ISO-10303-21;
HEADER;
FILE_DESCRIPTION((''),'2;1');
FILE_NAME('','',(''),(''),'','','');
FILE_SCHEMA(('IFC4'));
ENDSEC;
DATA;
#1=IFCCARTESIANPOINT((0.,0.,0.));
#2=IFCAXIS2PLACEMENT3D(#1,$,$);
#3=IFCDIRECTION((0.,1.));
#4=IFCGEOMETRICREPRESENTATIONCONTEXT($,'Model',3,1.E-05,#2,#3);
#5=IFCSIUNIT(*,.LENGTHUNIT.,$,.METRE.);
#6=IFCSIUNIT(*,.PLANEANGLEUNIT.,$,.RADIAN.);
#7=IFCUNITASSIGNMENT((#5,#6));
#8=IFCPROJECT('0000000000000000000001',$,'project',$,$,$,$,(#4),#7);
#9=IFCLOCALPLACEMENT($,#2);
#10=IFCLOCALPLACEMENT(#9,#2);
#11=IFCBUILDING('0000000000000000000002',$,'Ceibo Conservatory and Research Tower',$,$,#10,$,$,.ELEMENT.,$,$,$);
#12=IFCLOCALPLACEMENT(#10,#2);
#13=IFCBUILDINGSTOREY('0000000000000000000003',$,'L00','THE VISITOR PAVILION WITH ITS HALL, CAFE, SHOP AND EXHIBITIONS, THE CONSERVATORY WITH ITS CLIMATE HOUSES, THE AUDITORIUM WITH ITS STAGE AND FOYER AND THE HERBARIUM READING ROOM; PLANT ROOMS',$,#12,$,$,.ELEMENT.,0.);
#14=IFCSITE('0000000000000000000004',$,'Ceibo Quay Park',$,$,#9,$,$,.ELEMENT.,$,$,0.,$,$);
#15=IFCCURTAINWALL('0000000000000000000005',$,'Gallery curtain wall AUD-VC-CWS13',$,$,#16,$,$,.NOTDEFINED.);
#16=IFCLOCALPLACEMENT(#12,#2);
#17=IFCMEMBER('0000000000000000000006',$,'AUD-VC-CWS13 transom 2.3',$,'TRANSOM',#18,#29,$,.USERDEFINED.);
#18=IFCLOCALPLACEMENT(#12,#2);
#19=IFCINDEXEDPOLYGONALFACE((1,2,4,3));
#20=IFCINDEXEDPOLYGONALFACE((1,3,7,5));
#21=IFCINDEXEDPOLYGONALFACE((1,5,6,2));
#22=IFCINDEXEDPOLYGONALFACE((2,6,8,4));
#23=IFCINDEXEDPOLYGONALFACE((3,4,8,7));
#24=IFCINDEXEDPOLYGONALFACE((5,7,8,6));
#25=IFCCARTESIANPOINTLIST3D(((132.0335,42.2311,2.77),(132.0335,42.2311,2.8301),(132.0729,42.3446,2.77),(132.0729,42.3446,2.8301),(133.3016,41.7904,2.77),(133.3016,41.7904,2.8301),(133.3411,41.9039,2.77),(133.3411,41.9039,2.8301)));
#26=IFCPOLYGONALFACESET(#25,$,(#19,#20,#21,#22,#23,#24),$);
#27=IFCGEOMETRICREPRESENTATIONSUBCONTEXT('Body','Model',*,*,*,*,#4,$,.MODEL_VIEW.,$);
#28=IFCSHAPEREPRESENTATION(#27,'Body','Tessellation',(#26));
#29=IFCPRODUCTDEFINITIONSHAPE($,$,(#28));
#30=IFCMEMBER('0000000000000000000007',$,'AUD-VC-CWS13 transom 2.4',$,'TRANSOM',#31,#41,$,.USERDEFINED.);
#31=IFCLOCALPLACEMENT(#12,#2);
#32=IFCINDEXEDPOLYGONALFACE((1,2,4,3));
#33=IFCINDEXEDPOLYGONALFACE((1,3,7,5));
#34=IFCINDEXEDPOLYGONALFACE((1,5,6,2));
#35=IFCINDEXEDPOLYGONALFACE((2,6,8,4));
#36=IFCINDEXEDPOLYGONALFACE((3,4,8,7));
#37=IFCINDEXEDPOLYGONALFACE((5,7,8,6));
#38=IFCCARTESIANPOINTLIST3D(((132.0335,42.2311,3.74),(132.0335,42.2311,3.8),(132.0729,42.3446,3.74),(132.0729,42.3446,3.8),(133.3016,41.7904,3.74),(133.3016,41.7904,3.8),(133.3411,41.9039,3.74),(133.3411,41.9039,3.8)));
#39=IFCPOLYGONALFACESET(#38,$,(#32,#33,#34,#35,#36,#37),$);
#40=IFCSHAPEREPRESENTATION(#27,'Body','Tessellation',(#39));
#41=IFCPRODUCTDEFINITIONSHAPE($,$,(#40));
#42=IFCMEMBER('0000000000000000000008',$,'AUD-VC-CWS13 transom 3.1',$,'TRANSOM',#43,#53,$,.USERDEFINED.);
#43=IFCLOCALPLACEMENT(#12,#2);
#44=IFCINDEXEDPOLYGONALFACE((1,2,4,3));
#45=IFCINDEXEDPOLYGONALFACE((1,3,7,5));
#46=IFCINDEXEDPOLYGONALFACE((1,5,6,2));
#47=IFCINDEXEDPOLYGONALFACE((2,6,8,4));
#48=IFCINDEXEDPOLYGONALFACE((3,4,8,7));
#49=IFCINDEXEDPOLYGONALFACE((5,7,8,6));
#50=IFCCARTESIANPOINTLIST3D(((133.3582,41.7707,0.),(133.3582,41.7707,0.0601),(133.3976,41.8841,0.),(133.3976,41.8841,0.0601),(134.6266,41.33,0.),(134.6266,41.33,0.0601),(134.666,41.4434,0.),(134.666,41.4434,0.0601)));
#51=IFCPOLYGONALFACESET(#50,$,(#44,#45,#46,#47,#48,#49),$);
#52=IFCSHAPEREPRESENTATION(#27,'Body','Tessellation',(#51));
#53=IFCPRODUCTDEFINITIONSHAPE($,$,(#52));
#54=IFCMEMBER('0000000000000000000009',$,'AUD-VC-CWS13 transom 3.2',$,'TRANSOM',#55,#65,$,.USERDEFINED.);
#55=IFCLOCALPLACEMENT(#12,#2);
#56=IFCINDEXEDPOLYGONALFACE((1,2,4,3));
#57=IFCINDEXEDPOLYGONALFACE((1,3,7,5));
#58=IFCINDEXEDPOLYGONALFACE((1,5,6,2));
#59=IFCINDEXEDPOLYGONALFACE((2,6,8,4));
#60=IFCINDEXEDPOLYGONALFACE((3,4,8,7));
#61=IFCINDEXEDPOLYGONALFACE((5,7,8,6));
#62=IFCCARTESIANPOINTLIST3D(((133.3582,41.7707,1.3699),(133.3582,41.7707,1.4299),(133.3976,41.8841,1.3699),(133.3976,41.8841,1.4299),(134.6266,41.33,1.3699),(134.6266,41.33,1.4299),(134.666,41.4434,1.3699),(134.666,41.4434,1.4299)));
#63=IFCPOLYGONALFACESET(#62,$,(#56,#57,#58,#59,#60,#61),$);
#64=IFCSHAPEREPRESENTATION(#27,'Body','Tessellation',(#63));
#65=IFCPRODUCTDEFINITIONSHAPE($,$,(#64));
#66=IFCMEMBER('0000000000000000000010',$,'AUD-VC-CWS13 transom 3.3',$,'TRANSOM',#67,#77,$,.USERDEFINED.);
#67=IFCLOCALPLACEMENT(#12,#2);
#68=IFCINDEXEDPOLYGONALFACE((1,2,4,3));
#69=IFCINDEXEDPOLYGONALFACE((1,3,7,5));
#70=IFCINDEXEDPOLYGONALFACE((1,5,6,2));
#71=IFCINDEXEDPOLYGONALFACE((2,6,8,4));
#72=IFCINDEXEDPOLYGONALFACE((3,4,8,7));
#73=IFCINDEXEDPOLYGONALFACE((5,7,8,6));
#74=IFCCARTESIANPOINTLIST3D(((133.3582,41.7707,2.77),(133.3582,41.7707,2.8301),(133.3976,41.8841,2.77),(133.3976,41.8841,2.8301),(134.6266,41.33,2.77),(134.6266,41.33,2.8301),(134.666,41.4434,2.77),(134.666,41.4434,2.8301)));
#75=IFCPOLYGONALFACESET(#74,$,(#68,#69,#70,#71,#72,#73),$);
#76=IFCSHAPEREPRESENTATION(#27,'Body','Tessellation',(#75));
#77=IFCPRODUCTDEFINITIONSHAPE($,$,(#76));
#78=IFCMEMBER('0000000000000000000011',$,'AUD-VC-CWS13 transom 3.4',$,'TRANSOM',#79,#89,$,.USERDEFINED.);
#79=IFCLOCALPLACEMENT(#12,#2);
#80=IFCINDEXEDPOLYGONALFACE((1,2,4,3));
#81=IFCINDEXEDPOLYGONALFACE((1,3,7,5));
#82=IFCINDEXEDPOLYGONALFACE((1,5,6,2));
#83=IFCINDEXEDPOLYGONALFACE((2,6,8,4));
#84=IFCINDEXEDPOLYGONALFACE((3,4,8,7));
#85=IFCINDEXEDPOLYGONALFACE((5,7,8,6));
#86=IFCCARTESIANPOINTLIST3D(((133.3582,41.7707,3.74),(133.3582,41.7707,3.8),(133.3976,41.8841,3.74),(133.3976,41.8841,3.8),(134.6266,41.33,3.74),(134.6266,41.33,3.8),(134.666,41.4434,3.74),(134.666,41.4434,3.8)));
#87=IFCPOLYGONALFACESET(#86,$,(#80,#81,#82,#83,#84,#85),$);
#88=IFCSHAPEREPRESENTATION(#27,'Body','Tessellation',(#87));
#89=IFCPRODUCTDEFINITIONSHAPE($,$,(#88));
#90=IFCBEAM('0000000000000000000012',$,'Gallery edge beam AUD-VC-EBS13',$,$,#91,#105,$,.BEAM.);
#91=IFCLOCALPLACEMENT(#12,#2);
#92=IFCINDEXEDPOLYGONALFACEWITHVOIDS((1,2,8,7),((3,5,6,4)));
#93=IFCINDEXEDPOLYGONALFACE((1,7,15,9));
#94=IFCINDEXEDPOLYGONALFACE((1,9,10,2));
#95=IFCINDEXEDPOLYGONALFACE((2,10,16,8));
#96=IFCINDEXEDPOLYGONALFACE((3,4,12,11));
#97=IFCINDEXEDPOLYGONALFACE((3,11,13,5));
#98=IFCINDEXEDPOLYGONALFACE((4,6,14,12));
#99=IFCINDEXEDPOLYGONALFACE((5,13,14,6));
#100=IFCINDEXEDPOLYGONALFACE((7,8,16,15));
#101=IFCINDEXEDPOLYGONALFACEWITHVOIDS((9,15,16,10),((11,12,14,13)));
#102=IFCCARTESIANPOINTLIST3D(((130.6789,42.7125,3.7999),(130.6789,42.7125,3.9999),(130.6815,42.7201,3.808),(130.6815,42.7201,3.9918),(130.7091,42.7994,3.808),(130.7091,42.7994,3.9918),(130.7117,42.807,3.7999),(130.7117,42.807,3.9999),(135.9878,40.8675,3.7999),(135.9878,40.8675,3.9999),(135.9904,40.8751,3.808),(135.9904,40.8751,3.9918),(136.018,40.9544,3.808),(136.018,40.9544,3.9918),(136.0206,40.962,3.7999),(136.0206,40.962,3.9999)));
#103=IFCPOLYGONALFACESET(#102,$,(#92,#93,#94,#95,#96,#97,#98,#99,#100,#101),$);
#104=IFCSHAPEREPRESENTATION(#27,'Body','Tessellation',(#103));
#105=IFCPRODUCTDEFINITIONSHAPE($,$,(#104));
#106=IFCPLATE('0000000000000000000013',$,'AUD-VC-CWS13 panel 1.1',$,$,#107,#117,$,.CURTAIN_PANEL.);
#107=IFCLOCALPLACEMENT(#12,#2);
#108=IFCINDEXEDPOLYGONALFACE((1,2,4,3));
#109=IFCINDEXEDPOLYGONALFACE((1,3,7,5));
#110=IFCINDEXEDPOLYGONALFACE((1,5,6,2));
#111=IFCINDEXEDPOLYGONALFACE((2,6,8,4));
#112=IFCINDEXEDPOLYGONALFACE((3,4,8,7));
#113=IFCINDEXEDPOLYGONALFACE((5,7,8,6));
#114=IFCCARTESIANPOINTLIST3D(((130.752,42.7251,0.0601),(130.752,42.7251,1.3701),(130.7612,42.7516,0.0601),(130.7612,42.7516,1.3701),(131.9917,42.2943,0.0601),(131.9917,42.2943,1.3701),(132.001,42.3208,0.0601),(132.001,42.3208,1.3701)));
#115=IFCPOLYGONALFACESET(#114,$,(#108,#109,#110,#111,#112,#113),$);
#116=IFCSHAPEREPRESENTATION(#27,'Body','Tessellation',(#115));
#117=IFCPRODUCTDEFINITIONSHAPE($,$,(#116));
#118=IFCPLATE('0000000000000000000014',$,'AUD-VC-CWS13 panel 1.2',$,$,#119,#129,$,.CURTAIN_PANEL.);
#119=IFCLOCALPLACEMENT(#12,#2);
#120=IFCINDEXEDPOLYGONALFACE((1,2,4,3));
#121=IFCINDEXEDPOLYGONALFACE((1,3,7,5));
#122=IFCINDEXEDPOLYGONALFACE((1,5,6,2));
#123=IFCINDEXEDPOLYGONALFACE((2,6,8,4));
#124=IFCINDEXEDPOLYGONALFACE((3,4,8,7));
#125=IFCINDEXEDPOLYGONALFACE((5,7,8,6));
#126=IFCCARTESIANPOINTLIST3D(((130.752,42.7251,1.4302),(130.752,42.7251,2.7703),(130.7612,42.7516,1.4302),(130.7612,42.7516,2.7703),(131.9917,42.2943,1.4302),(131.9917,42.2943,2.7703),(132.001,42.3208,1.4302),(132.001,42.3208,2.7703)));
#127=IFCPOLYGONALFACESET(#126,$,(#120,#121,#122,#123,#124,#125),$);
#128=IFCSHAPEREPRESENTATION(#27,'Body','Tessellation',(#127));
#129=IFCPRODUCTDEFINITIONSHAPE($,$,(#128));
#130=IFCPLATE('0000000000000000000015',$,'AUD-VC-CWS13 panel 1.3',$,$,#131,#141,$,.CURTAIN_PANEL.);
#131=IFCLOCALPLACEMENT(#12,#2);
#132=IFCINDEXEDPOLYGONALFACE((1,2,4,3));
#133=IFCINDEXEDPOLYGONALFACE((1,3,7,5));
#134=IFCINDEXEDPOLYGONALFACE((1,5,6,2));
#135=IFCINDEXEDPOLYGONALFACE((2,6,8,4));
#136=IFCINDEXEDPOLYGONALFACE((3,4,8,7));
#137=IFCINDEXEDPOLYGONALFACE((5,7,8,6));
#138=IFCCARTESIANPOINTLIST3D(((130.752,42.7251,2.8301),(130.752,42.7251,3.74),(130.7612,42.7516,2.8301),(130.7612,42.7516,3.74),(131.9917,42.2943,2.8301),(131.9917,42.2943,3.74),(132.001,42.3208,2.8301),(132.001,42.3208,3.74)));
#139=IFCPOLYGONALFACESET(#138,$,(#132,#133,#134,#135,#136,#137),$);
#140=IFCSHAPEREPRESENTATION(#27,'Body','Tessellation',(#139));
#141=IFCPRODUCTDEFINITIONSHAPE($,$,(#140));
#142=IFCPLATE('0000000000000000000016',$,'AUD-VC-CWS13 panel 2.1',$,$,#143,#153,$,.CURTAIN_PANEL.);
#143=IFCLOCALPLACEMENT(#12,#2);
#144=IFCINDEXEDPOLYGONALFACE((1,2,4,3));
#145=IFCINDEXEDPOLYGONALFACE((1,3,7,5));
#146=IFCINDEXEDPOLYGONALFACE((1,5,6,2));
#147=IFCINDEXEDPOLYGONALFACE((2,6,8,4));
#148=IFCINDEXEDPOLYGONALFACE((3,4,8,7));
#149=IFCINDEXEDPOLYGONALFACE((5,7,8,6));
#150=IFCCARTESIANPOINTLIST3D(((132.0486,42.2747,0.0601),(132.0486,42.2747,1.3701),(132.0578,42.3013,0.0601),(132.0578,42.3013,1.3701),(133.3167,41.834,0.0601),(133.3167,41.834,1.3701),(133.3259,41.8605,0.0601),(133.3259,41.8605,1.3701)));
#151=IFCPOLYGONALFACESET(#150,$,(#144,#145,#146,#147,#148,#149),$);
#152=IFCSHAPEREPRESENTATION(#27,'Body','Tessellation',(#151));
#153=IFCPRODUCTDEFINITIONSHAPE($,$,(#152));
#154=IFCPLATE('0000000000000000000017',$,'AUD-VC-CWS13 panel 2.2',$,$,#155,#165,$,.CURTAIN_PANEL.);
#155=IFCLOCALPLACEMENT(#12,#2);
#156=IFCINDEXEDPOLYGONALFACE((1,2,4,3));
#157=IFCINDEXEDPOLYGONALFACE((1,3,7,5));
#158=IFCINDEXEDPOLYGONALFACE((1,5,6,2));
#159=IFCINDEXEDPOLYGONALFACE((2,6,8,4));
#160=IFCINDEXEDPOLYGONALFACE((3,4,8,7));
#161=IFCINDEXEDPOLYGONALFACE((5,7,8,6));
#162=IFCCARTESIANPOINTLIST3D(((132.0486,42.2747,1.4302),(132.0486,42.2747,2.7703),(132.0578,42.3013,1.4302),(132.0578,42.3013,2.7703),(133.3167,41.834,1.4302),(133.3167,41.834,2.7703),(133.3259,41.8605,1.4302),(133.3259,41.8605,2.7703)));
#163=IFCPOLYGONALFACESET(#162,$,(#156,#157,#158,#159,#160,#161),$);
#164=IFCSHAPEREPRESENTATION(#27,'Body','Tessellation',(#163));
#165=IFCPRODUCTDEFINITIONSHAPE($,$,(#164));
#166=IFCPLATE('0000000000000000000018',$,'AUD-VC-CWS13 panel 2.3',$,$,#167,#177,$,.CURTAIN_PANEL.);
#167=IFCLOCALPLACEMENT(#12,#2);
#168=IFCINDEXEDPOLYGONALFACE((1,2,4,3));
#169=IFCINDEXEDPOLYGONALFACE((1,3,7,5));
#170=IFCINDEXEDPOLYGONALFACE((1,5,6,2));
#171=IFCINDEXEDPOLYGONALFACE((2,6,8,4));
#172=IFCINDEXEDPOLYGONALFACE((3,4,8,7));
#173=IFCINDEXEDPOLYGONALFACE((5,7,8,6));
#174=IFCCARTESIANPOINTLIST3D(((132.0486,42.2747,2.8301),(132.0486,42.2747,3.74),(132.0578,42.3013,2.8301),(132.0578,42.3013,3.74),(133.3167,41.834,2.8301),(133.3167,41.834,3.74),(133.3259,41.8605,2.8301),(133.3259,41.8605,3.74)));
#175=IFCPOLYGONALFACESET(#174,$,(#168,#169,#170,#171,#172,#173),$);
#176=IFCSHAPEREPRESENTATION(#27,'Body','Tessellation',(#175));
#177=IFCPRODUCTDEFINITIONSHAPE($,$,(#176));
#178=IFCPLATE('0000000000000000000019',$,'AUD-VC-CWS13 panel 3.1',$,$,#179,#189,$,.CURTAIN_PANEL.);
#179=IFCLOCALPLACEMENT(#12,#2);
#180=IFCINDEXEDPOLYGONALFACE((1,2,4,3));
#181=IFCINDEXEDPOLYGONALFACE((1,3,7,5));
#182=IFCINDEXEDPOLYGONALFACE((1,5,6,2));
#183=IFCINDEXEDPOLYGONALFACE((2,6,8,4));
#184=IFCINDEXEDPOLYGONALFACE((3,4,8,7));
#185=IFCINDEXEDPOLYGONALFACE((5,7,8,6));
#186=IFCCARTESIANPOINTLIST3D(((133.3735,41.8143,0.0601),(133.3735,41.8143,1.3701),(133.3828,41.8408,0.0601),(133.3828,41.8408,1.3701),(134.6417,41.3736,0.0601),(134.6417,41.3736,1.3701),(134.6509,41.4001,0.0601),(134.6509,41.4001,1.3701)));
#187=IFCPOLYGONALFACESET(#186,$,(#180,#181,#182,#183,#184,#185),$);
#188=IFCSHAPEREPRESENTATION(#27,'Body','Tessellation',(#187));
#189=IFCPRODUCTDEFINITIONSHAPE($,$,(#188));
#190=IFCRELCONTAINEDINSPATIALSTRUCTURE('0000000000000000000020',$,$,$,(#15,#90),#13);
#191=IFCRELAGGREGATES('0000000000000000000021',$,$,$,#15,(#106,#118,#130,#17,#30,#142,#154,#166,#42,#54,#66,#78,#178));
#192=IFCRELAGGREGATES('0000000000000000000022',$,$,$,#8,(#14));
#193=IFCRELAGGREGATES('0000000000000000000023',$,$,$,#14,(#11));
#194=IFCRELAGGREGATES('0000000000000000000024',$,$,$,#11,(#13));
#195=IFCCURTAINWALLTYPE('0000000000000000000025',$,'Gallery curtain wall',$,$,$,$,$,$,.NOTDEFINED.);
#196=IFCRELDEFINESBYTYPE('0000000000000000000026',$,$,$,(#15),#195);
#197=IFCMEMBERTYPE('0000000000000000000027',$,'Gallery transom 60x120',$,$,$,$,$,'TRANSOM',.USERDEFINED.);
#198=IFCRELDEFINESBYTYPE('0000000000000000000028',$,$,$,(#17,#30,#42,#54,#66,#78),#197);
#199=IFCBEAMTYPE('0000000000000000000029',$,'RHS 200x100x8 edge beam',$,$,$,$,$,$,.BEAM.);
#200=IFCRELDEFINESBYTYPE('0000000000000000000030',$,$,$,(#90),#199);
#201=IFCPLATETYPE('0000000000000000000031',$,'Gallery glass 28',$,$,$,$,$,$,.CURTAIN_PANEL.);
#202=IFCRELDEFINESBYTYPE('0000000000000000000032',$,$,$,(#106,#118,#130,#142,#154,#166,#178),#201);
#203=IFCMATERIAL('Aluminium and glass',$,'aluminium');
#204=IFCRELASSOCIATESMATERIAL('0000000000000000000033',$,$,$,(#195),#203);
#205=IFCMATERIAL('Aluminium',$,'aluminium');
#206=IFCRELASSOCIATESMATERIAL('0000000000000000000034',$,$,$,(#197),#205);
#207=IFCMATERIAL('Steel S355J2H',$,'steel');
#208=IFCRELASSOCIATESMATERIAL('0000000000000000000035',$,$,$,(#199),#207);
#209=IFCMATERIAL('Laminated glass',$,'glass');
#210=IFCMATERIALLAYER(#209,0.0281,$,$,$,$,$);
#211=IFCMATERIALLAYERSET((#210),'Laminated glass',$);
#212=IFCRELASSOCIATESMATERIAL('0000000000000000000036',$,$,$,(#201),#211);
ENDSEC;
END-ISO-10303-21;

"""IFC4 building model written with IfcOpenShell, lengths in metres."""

from ifc_helpers import new_model, si_unit, direction, frame, origin, origin_2d, place, context, subcontext, project, spatial, rectangle, hollow_rectangle, extrude, material, layer, layer_set, material_profile, profile_set, type_object, element, aggregate, save


model = new_model("IFC4")

# Units and contexts
model_context = context("Model", 3, precision=1e-05, world=origin(), true_north=direction((0.0, 1.0)))
body_context = subcontext(model_context, "Body", "Model", "MODEL_VIEW")
ifc_project = project(units=[si_unit("LENGTHUNIT", "METRE"), si_unit("PLANEANGLEUNIT", "RADIAN")], contexts=[model_context])

# Site, building, storey
site_placement = place(None, origin())
site = spatial("IfcSite", under=ifc_project, at=site_placement, Name="Ceibo Quay Park", CompositionType="ELEMENT", RefElevation=0.0)
building_placement = place(site_placement, origin())
building = spatial("IfcBuilding", under=site, at=building_placement, Name="Ceibo Conservatory and Research Tower", CompositionType="ELEMENT")
storey_placement = place(building_placement, origin())
storey = spatial("IfcBuildingStorey", under=building, at=storey_placement, Name="L00", Description="THE VISITOR PAVILION WITH ITS HALL, CAFE, SHOP AND EXHIBITIONS, THE CONSERVATORY WITH ITS CLIMATE HOUSES, THE AUDITORIUM WITH ITS STAGE AND FOYER AND THE HERBARIUM READING ROOM; PLANT ROOMS", CompositionType="ELEMENT", Elevation=0.0)

# Shared definitions
ifc_material_1 = material(Name="Steel S355J2H", Category="steel")

# Shared definitions
ifc_material_2 = material(Name="Aluminium and glass", Category="aluminium")
curtain_wall_type = type_object("IfcCurtainWallType", Name="Gallery curtain wall", PredefinedType="NOTDEFINED", material=ifc_material_2)
ifc_material_3 = material(Name="Aluminium", Category="aluminium")

# Curtain wall
curtain_wall_1_placement = place(storey_placement, origin())
curtain_wall_1 = element("IfcCurtainWall", 1, at=curtain_wall_1_placement, inside=storey, type_object=curtain_wall_type, Name="Gallery curtain wall AUD-VC-CWS13", PredefinedType="NOTDEFINED")
ifc_material_profile_1 = material_profile(ifc_material_3, rectangle(XDim=0.1201, YDim=0.0601, at=origin_2d()), Name="AL 60x120")
ifc_profile_set_1 = profile_set([ifc_material_profile_1], Name="Aluminium")
member_type_1 = type_object("IfcMemberType", Name="Gallery transom 60x120", ElementType="TRANSOM", PredefinedType="USERDEFINED", material=ifc_profile_set_1)

# Members
member_1_placement = place(storey_placement, frame((132.0532, 42.2878, 2.8), z_axis=(0.944588, -0.32826, 0.0), x_axis=(0.32826, 0.944588, 0.0)))
member_1 = element("IfcMember", 2, at=member_1_placement, type_object=member_type_1, Name="AUD-VC-CWS13 transom 2.3", ObjectType="TRANSOM", PredefinedType="USERDEFINED", context=body_context, shape_type="SweptSolid", body=[
    extrude(rectangle(XDim=0.1201, YDim=0.0601, at=origin_2d()), origin(), (0.0, 0.0, 1.0), 1.3425),
])
member_2_placement = place(storey_placement, frame((132.0532, 42.2878, 3.77), z_axis=(0.944588, -0.32826, 0.0), x_axis=(0.32826, 0.944588, 0.0)))
member_2 = element("IfcMember", 3, at=member_2_placement, type_object=member_type_1, Name="AUD-VC-CWS13 transom 2.4", ObjectType="TRANSOM", PredefinedType="USERDEFINED", context=body_context, shape_type="SweptSolid", body=[
    extrude(rectangle(XDim=0.1201, YDim=0.0601, at=origin_2d()), origin(), (0.0, 0.0, 1.0), 1.3425),
])
member_3_placement = place(storey_placement, frame((133.3779, 41.8274, 0.03), z_axis=(0.944607, -0.328203, 0.0), x_axis=(0.328203, 0.944607, 0.0)))
member_3 = element("IfcMember", 4, at=member_3_placement, type_object=member_type_1, Name="AUD-VC-CWS13 transom 3.1", ObjectType="TRANSOM", PredefinedType="USERDEFINED", context=body_context, shape_type="SweptSolid", body=[
    extrude(rectangle(XDim=0.1201, YDim=0.0601, at=origin_2d()), origin(), (0.0, 0.0, 1.0), 1.3428),
])
member_4_placement = place(storey_placement, frame((133.3779, 41.8274, 1.3999), z_axis=(0.944607, -0.328203, 0.0), x_axis=(0.328203, 0.944607, 0.0)))
member_4 = element("IfcMember", 5, at=member_4_placement, type_object=member_type_1, Name="AUD-VC-CWS13 transom 3.2", ObjectType="TRANSOM", PredefinedType="USERDEFINED", context=body_context, shape_type="SweptSolid", body=[
    extrude(rectangle(XDim=0.1201, YDim=0.0601, at=origin_2d()), origin(), (0.0, 0.0, 1.0), 1.3428),
])
member_5_placement = place(storey_placement, frame((133.3779, 41.8274, 2.8), z_axis=(0.944607, -0.328203, 0.0), x_axis=(0.328203, 0.944607, 0.0)))
member_5 = element("IfcMember", 6, at=member_5_placement, type_object=member_type_1, Name="AUD-VC-CWS13 transom 3.3", ObjectType="TRANSOM", PredefinedType="USERDEFINED", context=body_context, shape_type="SweptSolid", body=[
    extrude(rectangle(XDim=0.1201, YDim=0.0601, at=origin_2d()), origin(), (0.0, 0.0, 1.0), 1.3428),
])
member_6_placement = place(storey_placement, frame((133.3779, 41.8274, 3.77), z_axis=(0.944607, -0.328203, 0.0), x_axis=(0.328203, 0.944607, 0.0)))
member_6 = element("IfcMember", 7, at=member_6_placement, type_object=member_type_1, Name="AUD-VC-CWS13 transom 3.4", ObjectType="TRANSOM", PredefinedType="USERDEFINED", context=body_context, shape_type="SweptSolid", body=[
    extrude(rectangle(XDim=0.1201, YDim=0.0601, at=origin_2d()), origin(), (0.0, 0.0, 1.0), 1.3428),
])

# Beam
ifc_material_profile_2 = material_profile(ifc_material_1, hollow_rectangle(XDim=0.1001, YDim=0.2, WallThickness=0.0081, at=origin_2d()), Name="RHS 200x100x8 edge beam")
ifc_profile_set_2 = profile_set([ifc_material_profile_2], Name="Steel S355J2H")
beam_type = type_object("IfcBeamType", Name="RHS 200x100x8 edge beam", PredefinedType="BEAM", material=ifc_profile_set_2)
beam_placement = place(storey_placement, frame((130.6953, 42.7598, 3.8999), z_axis=(0.944584, -0.32827, 0.0), x_axis=(0.32827, 0.944584, 0.0)))
element("IfcBeam", 8, at=beam_placement, inside=storey, type_object=beam_type, Name="Gallery edge beam AUD-VC-EBS13", PredefinedType="BEAM", context=body_context, shape_type="SweptSolid", body=[
    extrude(hollow_rectangle(XDim=0.1001, YDim=0.2, WallThickness=0.0081, at=origin_2d()), origin(), (0.0, 0.0, 1.0), 5.6204),
])

# Plates
ifc_material_4 = material(Name="Laminated glass", Category="glass")
ifc_layer = layer(ifc_material_4, 0.0281)
ifc_layer_set = layer_set([ifc_layer], Name="Laminated glass")
plate_type = type_object("IfcPlateType", Name="Gallery glass 28", PredefinedType="CURTAIN_PANEL", material=ifc_layer_set)
plate_1_placement = place(storey_placement, frame((131.3765, 42.5229, 0.0601), z_axis=(0.0, 0.0, 1.0), x_axis=(0.944579, -0.328284, 0.0)))
plate_1 = element("IfcPlate", 9, at=plate_1_placement, type_object=plate_type, Name="AUD-VC-CWS13 panel 1.1", PredefinedType="CURTAIN_PANEL", context=body_context, shape_type="SweptSolid", body=[
    extrude(rectangle(XDim=1.3125, YDim=0.0281, at=origin_2d()), origin(), (0.0, 0.0, 1.0), 1.3101),
])
plate_2_placement = place(storey_placement, frame((131.3765, 42.5229, 1.4302), z_axis=(0.0, 0.0, 1.0), x_axis=(0.944579, -0.328284, 0.0)))
plate_2 = element("IfcPlate", 10, at=plate_2_placement, type_object=plate_type, Name="AUD-VC-CWS13 panel 1.2", PredefinedType="CURTAIN_PANEL", context=body_context, shape_type="SweptSolid", body=[
    extrude(rectangle(XDim=1.3125, YDim=0.0281, at=origin_2d()), origin(), (0.0, 0.0, 1.0), 1.3401),
])
plate_3_placement = place(storey_placement, frame((131.3765, 42.5229, 2.8301), z_axis=(0.0, 0.0, 1.0), x_axis=(0.944579, -0.328284, 0.0)))
plate_3 = element("IfcPlate", 11, at=plate_3_placement, type_object=plate_type, Name="AUD-VC-CWS13 panel 1.3", PredefinedType="CURTAIN_PANEL", context=body_context, shape_type="SweptSolid", body=[
    extrude(rectangle(XDim=1.3125, YDim=0.0281, at=origin_2d()), origin(), (0.0, 0.0, 1.0), 0.9099),
])
plate_4_placement = place(storey_placement, frame((132.6873, 42.0676, 0.0601), z_axis=(0.0, 0.0, 1.0), x_axis=(0.944579, -0.328284, 0.0)))
plate_4 = element("IfcPlate", 12, at=plate_4_placement, type_object=plate_type, Name="AUD-VC-CWS13 panel 2.1", PredefinedType="CURTAIN_PANEL", context=body_context, shape_type="SweptSolid", body=[
    extrude(rectangle(XDim=1.3425, YDim=0.0281, at=origin_2d()), origin(), (0.0, 0.0, 1.0), 1.3101),
])
plate_5_placement = place(storey_placement, frame((132.6873, 42.0676, 1.4302), z_axis=(0.0, 0.0, 1.0), x_axis=(0.944579, -0.328284, 0.0)))
plate_5 = element("IfcPlate", 13, at=plate_5_placement, type_object=plate_type, Name="AUD-VC-CWS13 panel 2.2", PredefinedType="CURTAIN_PANEL", context=body_context, shape_type="SweptSolid", body=[
    extrude(rectangle(XDim=1.3425, YDim=0.0281, at=origin_2d()), origin(), (0.0, 0.0, 1.0), 1.3401),
])
plate_6_placement = place(storey_placement, frame((132.6873, 42.0676, 2.8301), z_axis=(0.0, 0.0, 1.0), x_axis=(0.944579, -0.328284, 0.0)))
plate_6 = element("IfcPlate", 14, at=plate_6_placement, type_object=plate_type, Name="AUD-VC-CWS13 panel 2.3", PredefinedType="CURTAIN_PANEL", context=body_context, shape_type="SweptSolid", body=[
    extrude(rectangle(XDim=1.3425, YDim=0.0281, at=origin_2d()), origin(), (0.0, 0.0, 1.0), 0.9099),
])
plate_7_placement = place(storey_placement, frame((134.0122, 41.6072, 0.0601), z_axis=(0.0, 0.0, 1.0), x_axis=(0.944579, -0.328284, 0.0)))
plate_7 = element("IfcPlate", 15, at=plate_7_placement, type_object=plate_type, Name="AUD-VC-CWS13 panel 3.1", PredefinedType="CURTAIN_PANEL", context=body_context, shape_type="SweptSolid", body=[
    extrude(rectangle(XDim=1.3425, YDim=0.0281, at=origin_2d()), origin(), (0.0, 0.0, 1.0), 1.3101),
])
aggregate(curtain_wall_1, [plate_1, plate_2, plate_3, member_1, member_2, plate_4, plate_5, plate_6, member_3, member_4, member_5, member_6, plate_7])

save(model, "model.ifc")
